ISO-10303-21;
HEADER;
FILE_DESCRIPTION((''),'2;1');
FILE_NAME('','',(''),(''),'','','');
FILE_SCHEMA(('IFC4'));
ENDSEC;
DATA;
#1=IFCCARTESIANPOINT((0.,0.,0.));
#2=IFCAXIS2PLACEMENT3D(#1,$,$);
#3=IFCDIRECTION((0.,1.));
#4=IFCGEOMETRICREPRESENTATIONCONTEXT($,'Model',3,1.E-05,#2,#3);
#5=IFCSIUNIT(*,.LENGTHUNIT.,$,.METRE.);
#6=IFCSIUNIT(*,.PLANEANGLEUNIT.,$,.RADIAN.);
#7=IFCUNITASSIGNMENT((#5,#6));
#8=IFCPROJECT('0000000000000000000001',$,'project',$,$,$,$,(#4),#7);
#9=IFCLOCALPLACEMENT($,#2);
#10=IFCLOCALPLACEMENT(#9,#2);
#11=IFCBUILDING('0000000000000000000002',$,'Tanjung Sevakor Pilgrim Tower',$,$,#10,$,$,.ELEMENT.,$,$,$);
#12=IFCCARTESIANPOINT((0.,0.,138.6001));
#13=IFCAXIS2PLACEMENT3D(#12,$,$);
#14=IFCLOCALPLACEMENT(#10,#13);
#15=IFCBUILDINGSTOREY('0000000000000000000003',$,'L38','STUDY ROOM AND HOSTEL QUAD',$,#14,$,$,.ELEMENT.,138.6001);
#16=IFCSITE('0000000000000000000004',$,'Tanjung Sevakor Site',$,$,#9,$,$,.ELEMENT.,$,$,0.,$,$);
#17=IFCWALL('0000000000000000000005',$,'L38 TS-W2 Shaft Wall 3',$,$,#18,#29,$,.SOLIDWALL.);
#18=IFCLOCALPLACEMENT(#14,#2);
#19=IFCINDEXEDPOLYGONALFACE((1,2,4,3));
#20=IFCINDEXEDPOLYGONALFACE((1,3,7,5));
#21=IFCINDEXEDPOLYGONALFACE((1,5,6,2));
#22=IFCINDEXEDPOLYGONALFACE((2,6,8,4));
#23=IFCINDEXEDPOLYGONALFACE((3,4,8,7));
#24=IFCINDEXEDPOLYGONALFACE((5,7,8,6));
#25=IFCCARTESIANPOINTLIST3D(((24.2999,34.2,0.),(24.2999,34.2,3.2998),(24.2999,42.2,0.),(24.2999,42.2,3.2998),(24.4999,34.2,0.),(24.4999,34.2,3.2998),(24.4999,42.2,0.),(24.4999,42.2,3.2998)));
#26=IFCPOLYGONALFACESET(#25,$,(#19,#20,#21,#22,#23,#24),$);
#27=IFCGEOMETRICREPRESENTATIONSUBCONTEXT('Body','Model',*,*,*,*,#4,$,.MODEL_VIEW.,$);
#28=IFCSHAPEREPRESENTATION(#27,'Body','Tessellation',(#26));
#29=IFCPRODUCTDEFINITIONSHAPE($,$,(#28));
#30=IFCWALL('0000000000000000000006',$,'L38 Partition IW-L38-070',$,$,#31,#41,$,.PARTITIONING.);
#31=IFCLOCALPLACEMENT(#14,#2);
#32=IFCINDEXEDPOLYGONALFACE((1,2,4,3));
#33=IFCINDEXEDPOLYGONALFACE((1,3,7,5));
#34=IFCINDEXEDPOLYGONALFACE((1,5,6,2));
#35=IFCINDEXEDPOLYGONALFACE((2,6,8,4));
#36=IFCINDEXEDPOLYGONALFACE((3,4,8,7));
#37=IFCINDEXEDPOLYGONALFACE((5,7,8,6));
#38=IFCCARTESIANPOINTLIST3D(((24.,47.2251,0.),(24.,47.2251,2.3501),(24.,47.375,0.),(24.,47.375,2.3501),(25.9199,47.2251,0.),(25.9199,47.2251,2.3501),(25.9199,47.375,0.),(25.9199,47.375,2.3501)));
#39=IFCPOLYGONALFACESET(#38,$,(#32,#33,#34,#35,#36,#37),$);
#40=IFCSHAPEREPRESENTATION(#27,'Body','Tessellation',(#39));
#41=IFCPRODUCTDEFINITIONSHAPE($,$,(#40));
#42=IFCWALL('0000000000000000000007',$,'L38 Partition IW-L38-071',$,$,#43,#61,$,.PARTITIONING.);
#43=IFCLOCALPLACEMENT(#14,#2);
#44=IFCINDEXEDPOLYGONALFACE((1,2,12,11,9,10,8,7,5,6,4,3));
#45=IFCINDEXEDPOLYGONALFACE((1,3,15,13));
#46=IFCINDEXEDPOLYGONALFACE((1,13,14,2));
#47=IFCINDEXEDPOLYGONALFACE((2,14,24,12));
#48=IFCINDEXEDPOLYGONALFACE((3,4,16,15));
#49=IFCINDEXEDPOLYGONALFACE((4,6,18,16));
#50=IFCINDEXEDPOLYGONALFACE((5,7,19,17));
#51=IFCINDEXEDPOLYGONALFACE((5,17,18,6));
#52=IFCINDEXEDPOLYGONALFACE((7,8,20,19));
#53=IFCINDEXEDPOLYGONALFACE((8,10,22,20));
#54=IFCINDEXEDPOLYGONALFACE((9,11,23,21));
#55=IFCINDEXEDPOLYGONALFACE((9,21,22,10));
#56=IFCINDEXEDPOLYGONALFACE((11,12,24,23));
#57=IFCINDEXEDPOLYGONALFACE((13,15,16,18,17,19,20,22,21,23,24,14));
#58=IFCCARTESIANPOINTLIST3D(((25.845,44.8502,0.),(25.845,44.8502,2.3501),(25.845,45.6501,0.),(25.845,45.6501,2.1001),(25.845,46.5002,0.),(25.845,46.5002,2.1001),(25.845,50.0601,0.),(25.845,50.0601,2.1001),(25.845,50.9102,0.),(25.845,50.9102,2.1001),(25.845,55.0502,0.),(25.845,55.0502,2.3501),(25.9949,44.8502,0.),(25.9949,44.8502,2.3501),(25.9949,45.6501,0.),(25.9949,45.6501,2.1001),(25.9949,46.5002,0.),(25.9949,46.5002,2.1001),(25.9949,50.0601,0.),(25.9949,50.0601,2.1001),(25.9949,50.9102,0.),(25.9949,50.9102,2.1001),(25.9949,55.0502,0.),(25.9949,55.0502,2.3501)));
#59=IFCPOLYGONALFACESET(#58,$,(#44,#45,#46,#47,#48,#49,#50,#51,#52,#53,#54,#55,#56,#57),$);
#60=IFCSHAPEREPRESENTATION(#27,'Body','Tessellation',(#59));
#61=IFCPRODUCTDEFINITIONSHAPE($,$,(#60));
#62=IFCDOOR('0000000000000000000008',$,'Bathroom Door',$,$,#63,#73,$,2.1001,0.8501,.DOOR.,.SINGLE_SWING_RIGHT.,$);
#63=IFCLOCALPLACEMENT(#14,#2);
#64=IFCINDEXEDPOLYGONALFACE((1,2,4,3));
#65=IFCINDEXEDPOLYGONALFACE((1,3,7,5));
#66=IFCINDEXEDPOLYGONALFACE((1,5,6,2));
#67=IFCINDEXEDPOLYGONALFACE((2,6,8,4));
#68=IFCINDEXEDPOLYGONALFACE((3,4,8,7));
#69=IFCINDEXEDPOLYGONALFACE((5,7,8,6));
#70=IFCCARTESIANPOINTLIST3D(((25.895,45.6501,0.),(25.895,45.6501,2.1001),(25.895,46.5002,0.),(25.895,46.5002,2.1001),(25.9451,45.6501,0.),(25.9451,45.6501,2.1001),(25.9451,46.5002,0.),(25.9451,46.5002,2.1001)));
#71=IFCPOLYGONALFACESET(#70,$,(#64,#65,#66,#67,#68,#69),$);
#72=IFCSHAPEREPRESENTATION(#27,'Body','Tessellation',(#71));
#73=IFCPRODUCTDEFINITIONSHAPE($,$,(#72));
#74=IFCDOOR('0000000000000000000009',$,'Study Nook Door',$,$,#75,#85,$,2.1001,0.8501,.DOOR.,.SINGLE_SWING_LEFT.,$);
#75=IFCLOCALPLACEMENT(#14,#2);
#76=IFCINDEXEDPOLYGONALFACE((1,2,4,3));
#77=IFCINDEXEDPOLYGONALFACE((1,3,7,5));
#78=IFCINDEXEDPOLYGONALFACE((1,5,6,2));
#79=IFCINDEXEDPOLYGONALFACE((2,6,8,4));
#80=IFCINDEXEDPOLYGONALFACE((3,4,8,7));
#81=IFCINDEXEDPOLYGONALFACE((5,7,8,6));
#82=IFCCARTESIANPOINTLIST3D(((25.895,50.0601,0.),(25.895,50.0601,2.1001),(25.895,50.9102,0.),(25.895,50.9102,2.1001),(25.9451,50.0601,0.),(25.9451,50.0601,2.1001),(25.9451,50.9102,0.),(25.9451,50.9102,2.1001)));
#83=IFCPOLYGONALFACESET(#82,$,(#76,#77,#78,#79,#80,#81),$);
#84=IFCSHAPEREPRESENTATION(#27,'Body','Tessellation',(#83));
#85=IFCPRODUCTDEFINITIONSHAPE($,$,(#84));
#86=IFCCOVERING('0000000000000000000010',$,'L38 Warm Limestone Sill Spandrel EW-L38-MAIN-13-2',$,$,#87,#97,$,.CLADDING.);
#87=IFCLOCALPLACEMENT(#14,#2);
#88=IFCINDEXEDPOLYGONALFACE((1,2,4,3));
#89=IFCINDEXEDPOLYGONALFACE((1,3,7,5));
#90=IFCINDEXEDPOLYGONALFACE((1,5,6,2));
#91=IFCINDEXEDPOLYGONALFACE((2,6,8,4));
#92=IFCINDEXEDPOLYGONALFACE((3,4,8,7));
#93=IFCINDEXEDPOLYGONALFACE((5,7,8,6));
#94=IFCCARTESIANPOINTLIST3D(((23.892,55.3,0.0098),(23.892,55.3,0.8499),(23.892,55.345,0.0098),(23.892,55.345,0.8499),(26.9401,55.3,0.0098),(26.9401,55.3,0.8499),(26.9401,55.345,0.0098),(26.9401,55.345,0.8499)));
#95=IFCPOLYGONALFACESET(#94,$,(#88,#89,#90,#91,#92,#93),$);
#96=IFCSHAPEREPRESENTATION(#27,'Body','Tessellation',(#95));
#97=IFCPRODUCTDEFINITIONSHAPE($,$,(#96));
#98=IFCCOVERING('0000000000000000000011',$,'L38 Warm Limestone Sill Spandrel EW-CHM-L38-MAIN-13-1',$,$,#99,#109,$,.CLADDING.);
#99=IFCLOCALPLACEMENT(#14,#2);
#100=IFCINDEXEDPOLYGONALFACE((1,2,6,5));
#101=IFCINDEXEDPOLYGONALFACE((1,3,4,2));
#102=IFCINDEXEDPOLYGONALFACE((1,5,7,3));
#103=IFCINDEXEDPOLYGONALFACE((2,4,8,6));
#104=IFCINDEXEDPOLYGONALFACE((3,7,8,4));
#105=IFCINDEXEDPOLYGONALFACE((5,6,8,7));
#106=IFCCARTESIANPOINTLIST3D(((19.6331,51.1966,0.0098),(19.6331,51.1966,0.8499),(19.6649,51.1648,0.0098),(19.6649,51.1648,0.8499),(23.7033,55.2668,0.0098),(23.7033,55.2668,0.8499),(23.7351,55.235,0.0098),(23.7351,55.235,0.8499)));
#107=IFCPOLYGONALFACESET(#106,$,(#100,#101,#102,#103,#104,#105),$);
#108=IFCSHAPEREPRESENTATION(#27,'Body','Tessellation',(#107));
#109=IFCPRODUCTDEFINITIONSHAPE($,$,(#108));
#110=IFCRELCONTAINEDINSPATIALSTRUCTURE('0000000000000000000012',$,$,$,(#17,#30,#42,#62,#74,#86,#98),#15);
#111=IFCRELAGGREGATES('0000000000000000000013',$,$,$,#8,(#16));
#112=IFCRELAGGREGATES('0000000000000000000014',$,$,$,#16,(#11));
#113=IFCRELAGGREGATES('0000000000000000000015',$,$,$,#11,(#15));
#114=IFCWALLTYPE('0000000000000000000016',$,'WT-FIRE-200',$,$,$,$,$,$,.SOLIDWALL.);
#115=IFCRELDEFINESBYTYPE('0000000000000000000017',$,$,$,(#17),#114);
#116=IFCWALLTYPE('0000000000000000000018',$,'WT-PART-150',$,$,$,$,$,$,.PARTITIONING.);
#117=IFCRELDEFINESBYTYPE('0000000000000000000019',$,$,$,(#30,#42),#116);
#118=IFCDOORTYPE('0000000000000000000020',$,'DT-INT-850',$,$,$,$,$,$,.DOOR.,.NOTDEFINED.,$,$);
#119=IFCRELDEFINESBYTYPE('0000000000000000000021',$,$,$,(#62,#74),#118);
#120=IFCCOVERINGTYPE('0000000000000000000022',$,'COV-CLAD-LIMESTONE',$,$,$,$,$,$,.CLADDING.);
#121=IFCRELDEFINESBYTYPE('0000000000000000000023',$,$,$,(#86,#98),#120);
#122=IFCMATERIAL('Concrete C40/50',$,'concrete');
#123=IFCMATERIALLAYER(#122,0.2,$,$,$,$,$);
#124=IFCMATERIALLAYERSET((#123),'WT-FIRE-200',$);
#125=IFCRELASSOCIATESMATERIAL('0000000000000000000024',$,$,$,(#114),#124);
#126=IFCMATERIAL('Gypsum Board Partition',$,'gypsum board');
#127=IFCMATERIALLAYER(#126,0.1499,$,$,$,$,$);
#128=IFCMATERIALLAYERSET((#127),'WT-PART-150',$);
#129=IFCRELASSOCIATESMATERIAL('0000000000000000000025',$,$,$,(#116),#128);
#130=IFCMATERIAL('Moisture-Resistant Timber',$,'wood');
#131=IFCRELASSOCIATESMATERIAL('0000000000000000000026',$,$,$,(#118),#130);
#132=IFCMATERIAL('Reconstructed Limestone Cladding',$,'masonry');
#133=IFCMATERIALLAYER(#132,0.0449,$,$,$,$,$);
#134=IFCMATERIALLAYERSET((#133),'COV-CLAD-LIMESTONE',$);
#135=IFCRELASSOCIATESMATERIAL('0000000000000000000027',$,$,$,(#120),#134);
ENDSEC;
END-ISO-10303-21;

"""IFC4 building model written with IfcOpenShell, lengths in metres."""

from ifc_helpers import new_model, si_unit, direction, frame, frame_2d, origin, origin_2d, place, context, subcontext, project, spatial, rectangle, extrude, material, layer, layer_set, type_object, element, fill, save


model = new_model("IFC4")

# Units and contexts
model_context = context("Model", 3, precision=1e-05, world=origin(), true_north=direction((0.0, 1.0)))
body_context = subcontext(model_context, "Body", "Model", "MODEL_VIEW")
ifc_project = project(units=[si_unit("LENGTHUNIT", "METRE"), si_unit("PLANEANGLEUNIT", "RADIAN")], contexts=[model_context])

# Site, building, storey
site_placement = place(None, origin())
site = spatial("IfcSite", under=ifc_project, at=site_placement, Name="Tanjung Sevakor Site", CompositionType="ELEMENT", RefElevation=0.0)
building_placement = place(site_placement, origin())
building = spatial("IfcBuilding", under=site, at=building_placement, Name="Tanjung Sevakor Pilgrim Tower", CompositionType="ELEMENT")
storey_placement = place(building_placement, frame((0.0, 0.0, 138.6001)))
storey = spatial("IfcBuildingStorey", under=building, at=storey_placement, Name="L38", Description="STUDY ROOM AND HOSTEL QUAD", CompositionType="ELEMENT", Elevation=138.6001)

# Walls
ifc_material_1 = material(Name="Concrete C40/50", Category="concrete")
ifc_layer_1 = layer(ifc_material_1, 0.2)
ifc_layer_set_1 = layer_set([ifc_layer_1], Name="WT-FIRE-200")
wall_type_1 = type_object("IfcWallType", Name="WT-FIRE-200", PredefinedType="SOLIDWALL", material=ifc_layer_set_1)
wall_1_placement = place(storey_placement, frame((24.3999, 42.2, 0.0), z_axis=(0.0, 0.0, 1.0), x_axis=(0.0, -1.0, 0.0)))
element("IfcWall", 1, at=wall_1_placement, inside=storey, type_object=wall_type_1, Name="L38 TS-W2 Shaft Wall 3", PredefinedType="SOLIDWALL", context=body_context, shape_type="SweptSolid", body=[
    extrude(rectangle(XDim=8.0, YDim=0.2, at=frame_2d((4.0, 0.0))), origin(), (0.0, 0.0, 1.0), 3.2998),
])
ifc_material_2 = material(Name="Gypsum Board Partition", Category="gypsum board")
ifc_layer_2 = layer(ifc_material_2, 0.1499)
ifc_layer_set_2 = layer_set([ifc_layer_2], Name="WT-PART-150")
wall_type_2 = type_object("IfcWallType", Name="WT-PART-150", PredefinedType="PARTITIONING", material=ifc_layer_set_2)
wall_2_placement = place(storey_placement, frame((24.0, 47.3, 0.0), z_axis=(0.0, 0.0, 1.0), x_axis=(1.0, 0.0, 0.0)))
element("IfcWall", 2, at=wall_2_placement, inside=storey, type_object=wall_type_2, Name="L38 Partition IW-L38-070", PredefinedType="PARTITIONING", context=body_context, shape_type="SweptSolid", body=[
    extrude(rectangle(XDim=1.9199, YDim=0.1499, at=frame_2d((0.96, 0.0))), origin(), (0.0, 0.0, 1.0), 2.3501),
])

# Wall, openings, doors
wall_3_placement = place(storey_placement, frame((25.9199, 44.8501, 0.0), z_axis=(0.0, 0.0, 1.0), x_axis=(0.0, 1.0, 0.0)))
wall_3 = element("IfcWall", 3, at=wall_3_placement, inside=storey, type_object=wall_type_2, Name="L38 Partition IW-L38-071", PredefinedType="PARTITIONING", context=body_context, shape_type="SweptSolid", body=[
    extrude(rectangle(XDim=10.2, YDim=0.1499, at=frame_2d((5.1001, 0.0))), origin(), (0.0, 0.0, 1.0), 2.3501),
])
opening_1_placement = place(wall_3_placement, frame((0.8, 0.0, 0.0)))
opening_1 = element("IfcOpeningElement", 4, at=opening_1_placement, cuts=wall_3, PredefinedType="OPENING", context=body_context, shape_type="SweptSolid", body=[
    extrude(rectangle(XDim=0.8501, YDim=2.1001, at=frame_2d((0.425, 1.05))), frame((0.0, 0.085, 0.0), z_axis=(0.0, -1.0, 0.0), x_axis=(1.0, 0.0, 0.0)), (0.0, 0.0, 1.0), 0.1699),
])
opening_2_placement = place(wall_3_placement, frame((5.21, 0.0, 0.0)))
opening_2 = element("IfcOpeningElement", 5, at=opening_2_placement, cuts=wall_3, PredefinedType="OPENING", context=body_context, shape_type="SweptSolid", body=[
    extrude(rectangle(XDim=0.8501, YDim=2.1001, at=frame_2d((0.425, 1.05))), frame((0.0, 0.085, 0.0), z_axis=(0.0, -1.0, 0.0), x_axis=(1.0, 0.0, 0.0)), (0.0, 0.0, 1.0), 0.1699),
])
ifc_material_3 = material(Name="Moisture-Resistant Timber", Category="wood")
door_type_1 = type_object("IfcDoorType", Name="DT-INT-850", OperationType="NOTDEFINED", PredefinedType="DOOR", material=ifc_material_3)
door_1_placement = place(opening_1_placement, origin())
door_1 = element("IfcDoor", 6, at=door_1_placement, inside=storey, type_object=door_type_1, Name="Bathroom Door", OperationType="SINGLE_SWING_RIGHT", OverallHeight=2.1001, OverallWidth=0.8501, PredefinedType="DOOR", context=body_context, shape_type="SweptSolid", body=[
    extrude(rectangle(XDim=0.8501, YDim=2.1001, at=frame_2d((0.425, 1.05))), frame((0.0, 0.0249, 0.0), z_axis=(0.0, -1.0, 0.0), x_axis=(1.0, 0.0, 0.0)), (0.0, 0.0, 1.0), 0.05),
])
fill(opening_1, door_1)
door_2_placement = place(opening_2_placement, origin())
door_2 = element("IfcDoor", 7, at=door_2_placement, inside=storey, type_object=door_type_1, Name="Study Nook Door", OperationType="SINGLE_SWING_LEFT", OverallHeight=2.1001, OverallWidth=0.8501, PredefinedType="DOOR", context=body_context, shape_type="SweptSolid", body=[
    extrude(rectangle(XDim=0.8501, YDim=2.1001, at=frame_2d((0.425, 1.05))), frame((0.0, 0.0249, 0.0), z_axis=(0.0, -1.0, 0.0), x_axis=(1.0, 0.0, 0.0)), (0.0, 0.0, 1.0), 0.05),
])
fill(opening_2, door_2)

# Coverings
ifc_material_4 = material(Name="Reconstructed Limestone Cladding", Category="masonry")
ifc_layer_3 = layer(ifc_material_4, 0.0449)
ifc_layer_set_3 = layer_set([ifc_layer_3], Name="COV-CLAD-LIMESTONE")
covering_type = type_object("IfcCoveringType", Name="COV-CLAD-LIMESTONE", PredefinedType="CLADDING", material=ifc_layer_set_3)
covering_1_placement = place(storey_placement, frame((25.416, 55.3225, 0.0098), z_axis=(0.0, 0.0, 1.0), x_axis=(-1.0, 0.0, 0.0)))
element("IfcCovering", 8, at=covering_1_placement, inside=storey, type_object=covering_type, Name="L38 Warm Limestone Sill Spandrel EW-L38-MAIN-13-2", PredefinedType="CLADDING", context=body_context, shape_type="SweptSolid", body=[
    extrude(rectangle(XDim=3.0481, YDim=0.0449, at=origin_2d()), origin(), (0.0, 0.0, 1.0), 0.8401),
])
covering_2_placement = place(storey_placement, frame((21.6841, 53.2158, 0.0098), z_axis=(0.0, 0.0, 1.0), x_axis=(-0.707107, -0.707107, 0.0)))
element("IfcCovering", 9, at=covering_2_placement, inside=storey, type_object=covering_type, Name="L38 Warm Limestone Sill Spandrel EW-CHM-L38-MAIN-13-1", PredefinedType="CLADDING", context=body_context, shape_type="SweptSolid", body=[
    extrude(rectangle(XDim=5.7561, YDim=0.0449, at=origin_2d()), origin(), (0.0, 0.0, 1.0), 0.8401),
])

save(model, "model.ifc")
